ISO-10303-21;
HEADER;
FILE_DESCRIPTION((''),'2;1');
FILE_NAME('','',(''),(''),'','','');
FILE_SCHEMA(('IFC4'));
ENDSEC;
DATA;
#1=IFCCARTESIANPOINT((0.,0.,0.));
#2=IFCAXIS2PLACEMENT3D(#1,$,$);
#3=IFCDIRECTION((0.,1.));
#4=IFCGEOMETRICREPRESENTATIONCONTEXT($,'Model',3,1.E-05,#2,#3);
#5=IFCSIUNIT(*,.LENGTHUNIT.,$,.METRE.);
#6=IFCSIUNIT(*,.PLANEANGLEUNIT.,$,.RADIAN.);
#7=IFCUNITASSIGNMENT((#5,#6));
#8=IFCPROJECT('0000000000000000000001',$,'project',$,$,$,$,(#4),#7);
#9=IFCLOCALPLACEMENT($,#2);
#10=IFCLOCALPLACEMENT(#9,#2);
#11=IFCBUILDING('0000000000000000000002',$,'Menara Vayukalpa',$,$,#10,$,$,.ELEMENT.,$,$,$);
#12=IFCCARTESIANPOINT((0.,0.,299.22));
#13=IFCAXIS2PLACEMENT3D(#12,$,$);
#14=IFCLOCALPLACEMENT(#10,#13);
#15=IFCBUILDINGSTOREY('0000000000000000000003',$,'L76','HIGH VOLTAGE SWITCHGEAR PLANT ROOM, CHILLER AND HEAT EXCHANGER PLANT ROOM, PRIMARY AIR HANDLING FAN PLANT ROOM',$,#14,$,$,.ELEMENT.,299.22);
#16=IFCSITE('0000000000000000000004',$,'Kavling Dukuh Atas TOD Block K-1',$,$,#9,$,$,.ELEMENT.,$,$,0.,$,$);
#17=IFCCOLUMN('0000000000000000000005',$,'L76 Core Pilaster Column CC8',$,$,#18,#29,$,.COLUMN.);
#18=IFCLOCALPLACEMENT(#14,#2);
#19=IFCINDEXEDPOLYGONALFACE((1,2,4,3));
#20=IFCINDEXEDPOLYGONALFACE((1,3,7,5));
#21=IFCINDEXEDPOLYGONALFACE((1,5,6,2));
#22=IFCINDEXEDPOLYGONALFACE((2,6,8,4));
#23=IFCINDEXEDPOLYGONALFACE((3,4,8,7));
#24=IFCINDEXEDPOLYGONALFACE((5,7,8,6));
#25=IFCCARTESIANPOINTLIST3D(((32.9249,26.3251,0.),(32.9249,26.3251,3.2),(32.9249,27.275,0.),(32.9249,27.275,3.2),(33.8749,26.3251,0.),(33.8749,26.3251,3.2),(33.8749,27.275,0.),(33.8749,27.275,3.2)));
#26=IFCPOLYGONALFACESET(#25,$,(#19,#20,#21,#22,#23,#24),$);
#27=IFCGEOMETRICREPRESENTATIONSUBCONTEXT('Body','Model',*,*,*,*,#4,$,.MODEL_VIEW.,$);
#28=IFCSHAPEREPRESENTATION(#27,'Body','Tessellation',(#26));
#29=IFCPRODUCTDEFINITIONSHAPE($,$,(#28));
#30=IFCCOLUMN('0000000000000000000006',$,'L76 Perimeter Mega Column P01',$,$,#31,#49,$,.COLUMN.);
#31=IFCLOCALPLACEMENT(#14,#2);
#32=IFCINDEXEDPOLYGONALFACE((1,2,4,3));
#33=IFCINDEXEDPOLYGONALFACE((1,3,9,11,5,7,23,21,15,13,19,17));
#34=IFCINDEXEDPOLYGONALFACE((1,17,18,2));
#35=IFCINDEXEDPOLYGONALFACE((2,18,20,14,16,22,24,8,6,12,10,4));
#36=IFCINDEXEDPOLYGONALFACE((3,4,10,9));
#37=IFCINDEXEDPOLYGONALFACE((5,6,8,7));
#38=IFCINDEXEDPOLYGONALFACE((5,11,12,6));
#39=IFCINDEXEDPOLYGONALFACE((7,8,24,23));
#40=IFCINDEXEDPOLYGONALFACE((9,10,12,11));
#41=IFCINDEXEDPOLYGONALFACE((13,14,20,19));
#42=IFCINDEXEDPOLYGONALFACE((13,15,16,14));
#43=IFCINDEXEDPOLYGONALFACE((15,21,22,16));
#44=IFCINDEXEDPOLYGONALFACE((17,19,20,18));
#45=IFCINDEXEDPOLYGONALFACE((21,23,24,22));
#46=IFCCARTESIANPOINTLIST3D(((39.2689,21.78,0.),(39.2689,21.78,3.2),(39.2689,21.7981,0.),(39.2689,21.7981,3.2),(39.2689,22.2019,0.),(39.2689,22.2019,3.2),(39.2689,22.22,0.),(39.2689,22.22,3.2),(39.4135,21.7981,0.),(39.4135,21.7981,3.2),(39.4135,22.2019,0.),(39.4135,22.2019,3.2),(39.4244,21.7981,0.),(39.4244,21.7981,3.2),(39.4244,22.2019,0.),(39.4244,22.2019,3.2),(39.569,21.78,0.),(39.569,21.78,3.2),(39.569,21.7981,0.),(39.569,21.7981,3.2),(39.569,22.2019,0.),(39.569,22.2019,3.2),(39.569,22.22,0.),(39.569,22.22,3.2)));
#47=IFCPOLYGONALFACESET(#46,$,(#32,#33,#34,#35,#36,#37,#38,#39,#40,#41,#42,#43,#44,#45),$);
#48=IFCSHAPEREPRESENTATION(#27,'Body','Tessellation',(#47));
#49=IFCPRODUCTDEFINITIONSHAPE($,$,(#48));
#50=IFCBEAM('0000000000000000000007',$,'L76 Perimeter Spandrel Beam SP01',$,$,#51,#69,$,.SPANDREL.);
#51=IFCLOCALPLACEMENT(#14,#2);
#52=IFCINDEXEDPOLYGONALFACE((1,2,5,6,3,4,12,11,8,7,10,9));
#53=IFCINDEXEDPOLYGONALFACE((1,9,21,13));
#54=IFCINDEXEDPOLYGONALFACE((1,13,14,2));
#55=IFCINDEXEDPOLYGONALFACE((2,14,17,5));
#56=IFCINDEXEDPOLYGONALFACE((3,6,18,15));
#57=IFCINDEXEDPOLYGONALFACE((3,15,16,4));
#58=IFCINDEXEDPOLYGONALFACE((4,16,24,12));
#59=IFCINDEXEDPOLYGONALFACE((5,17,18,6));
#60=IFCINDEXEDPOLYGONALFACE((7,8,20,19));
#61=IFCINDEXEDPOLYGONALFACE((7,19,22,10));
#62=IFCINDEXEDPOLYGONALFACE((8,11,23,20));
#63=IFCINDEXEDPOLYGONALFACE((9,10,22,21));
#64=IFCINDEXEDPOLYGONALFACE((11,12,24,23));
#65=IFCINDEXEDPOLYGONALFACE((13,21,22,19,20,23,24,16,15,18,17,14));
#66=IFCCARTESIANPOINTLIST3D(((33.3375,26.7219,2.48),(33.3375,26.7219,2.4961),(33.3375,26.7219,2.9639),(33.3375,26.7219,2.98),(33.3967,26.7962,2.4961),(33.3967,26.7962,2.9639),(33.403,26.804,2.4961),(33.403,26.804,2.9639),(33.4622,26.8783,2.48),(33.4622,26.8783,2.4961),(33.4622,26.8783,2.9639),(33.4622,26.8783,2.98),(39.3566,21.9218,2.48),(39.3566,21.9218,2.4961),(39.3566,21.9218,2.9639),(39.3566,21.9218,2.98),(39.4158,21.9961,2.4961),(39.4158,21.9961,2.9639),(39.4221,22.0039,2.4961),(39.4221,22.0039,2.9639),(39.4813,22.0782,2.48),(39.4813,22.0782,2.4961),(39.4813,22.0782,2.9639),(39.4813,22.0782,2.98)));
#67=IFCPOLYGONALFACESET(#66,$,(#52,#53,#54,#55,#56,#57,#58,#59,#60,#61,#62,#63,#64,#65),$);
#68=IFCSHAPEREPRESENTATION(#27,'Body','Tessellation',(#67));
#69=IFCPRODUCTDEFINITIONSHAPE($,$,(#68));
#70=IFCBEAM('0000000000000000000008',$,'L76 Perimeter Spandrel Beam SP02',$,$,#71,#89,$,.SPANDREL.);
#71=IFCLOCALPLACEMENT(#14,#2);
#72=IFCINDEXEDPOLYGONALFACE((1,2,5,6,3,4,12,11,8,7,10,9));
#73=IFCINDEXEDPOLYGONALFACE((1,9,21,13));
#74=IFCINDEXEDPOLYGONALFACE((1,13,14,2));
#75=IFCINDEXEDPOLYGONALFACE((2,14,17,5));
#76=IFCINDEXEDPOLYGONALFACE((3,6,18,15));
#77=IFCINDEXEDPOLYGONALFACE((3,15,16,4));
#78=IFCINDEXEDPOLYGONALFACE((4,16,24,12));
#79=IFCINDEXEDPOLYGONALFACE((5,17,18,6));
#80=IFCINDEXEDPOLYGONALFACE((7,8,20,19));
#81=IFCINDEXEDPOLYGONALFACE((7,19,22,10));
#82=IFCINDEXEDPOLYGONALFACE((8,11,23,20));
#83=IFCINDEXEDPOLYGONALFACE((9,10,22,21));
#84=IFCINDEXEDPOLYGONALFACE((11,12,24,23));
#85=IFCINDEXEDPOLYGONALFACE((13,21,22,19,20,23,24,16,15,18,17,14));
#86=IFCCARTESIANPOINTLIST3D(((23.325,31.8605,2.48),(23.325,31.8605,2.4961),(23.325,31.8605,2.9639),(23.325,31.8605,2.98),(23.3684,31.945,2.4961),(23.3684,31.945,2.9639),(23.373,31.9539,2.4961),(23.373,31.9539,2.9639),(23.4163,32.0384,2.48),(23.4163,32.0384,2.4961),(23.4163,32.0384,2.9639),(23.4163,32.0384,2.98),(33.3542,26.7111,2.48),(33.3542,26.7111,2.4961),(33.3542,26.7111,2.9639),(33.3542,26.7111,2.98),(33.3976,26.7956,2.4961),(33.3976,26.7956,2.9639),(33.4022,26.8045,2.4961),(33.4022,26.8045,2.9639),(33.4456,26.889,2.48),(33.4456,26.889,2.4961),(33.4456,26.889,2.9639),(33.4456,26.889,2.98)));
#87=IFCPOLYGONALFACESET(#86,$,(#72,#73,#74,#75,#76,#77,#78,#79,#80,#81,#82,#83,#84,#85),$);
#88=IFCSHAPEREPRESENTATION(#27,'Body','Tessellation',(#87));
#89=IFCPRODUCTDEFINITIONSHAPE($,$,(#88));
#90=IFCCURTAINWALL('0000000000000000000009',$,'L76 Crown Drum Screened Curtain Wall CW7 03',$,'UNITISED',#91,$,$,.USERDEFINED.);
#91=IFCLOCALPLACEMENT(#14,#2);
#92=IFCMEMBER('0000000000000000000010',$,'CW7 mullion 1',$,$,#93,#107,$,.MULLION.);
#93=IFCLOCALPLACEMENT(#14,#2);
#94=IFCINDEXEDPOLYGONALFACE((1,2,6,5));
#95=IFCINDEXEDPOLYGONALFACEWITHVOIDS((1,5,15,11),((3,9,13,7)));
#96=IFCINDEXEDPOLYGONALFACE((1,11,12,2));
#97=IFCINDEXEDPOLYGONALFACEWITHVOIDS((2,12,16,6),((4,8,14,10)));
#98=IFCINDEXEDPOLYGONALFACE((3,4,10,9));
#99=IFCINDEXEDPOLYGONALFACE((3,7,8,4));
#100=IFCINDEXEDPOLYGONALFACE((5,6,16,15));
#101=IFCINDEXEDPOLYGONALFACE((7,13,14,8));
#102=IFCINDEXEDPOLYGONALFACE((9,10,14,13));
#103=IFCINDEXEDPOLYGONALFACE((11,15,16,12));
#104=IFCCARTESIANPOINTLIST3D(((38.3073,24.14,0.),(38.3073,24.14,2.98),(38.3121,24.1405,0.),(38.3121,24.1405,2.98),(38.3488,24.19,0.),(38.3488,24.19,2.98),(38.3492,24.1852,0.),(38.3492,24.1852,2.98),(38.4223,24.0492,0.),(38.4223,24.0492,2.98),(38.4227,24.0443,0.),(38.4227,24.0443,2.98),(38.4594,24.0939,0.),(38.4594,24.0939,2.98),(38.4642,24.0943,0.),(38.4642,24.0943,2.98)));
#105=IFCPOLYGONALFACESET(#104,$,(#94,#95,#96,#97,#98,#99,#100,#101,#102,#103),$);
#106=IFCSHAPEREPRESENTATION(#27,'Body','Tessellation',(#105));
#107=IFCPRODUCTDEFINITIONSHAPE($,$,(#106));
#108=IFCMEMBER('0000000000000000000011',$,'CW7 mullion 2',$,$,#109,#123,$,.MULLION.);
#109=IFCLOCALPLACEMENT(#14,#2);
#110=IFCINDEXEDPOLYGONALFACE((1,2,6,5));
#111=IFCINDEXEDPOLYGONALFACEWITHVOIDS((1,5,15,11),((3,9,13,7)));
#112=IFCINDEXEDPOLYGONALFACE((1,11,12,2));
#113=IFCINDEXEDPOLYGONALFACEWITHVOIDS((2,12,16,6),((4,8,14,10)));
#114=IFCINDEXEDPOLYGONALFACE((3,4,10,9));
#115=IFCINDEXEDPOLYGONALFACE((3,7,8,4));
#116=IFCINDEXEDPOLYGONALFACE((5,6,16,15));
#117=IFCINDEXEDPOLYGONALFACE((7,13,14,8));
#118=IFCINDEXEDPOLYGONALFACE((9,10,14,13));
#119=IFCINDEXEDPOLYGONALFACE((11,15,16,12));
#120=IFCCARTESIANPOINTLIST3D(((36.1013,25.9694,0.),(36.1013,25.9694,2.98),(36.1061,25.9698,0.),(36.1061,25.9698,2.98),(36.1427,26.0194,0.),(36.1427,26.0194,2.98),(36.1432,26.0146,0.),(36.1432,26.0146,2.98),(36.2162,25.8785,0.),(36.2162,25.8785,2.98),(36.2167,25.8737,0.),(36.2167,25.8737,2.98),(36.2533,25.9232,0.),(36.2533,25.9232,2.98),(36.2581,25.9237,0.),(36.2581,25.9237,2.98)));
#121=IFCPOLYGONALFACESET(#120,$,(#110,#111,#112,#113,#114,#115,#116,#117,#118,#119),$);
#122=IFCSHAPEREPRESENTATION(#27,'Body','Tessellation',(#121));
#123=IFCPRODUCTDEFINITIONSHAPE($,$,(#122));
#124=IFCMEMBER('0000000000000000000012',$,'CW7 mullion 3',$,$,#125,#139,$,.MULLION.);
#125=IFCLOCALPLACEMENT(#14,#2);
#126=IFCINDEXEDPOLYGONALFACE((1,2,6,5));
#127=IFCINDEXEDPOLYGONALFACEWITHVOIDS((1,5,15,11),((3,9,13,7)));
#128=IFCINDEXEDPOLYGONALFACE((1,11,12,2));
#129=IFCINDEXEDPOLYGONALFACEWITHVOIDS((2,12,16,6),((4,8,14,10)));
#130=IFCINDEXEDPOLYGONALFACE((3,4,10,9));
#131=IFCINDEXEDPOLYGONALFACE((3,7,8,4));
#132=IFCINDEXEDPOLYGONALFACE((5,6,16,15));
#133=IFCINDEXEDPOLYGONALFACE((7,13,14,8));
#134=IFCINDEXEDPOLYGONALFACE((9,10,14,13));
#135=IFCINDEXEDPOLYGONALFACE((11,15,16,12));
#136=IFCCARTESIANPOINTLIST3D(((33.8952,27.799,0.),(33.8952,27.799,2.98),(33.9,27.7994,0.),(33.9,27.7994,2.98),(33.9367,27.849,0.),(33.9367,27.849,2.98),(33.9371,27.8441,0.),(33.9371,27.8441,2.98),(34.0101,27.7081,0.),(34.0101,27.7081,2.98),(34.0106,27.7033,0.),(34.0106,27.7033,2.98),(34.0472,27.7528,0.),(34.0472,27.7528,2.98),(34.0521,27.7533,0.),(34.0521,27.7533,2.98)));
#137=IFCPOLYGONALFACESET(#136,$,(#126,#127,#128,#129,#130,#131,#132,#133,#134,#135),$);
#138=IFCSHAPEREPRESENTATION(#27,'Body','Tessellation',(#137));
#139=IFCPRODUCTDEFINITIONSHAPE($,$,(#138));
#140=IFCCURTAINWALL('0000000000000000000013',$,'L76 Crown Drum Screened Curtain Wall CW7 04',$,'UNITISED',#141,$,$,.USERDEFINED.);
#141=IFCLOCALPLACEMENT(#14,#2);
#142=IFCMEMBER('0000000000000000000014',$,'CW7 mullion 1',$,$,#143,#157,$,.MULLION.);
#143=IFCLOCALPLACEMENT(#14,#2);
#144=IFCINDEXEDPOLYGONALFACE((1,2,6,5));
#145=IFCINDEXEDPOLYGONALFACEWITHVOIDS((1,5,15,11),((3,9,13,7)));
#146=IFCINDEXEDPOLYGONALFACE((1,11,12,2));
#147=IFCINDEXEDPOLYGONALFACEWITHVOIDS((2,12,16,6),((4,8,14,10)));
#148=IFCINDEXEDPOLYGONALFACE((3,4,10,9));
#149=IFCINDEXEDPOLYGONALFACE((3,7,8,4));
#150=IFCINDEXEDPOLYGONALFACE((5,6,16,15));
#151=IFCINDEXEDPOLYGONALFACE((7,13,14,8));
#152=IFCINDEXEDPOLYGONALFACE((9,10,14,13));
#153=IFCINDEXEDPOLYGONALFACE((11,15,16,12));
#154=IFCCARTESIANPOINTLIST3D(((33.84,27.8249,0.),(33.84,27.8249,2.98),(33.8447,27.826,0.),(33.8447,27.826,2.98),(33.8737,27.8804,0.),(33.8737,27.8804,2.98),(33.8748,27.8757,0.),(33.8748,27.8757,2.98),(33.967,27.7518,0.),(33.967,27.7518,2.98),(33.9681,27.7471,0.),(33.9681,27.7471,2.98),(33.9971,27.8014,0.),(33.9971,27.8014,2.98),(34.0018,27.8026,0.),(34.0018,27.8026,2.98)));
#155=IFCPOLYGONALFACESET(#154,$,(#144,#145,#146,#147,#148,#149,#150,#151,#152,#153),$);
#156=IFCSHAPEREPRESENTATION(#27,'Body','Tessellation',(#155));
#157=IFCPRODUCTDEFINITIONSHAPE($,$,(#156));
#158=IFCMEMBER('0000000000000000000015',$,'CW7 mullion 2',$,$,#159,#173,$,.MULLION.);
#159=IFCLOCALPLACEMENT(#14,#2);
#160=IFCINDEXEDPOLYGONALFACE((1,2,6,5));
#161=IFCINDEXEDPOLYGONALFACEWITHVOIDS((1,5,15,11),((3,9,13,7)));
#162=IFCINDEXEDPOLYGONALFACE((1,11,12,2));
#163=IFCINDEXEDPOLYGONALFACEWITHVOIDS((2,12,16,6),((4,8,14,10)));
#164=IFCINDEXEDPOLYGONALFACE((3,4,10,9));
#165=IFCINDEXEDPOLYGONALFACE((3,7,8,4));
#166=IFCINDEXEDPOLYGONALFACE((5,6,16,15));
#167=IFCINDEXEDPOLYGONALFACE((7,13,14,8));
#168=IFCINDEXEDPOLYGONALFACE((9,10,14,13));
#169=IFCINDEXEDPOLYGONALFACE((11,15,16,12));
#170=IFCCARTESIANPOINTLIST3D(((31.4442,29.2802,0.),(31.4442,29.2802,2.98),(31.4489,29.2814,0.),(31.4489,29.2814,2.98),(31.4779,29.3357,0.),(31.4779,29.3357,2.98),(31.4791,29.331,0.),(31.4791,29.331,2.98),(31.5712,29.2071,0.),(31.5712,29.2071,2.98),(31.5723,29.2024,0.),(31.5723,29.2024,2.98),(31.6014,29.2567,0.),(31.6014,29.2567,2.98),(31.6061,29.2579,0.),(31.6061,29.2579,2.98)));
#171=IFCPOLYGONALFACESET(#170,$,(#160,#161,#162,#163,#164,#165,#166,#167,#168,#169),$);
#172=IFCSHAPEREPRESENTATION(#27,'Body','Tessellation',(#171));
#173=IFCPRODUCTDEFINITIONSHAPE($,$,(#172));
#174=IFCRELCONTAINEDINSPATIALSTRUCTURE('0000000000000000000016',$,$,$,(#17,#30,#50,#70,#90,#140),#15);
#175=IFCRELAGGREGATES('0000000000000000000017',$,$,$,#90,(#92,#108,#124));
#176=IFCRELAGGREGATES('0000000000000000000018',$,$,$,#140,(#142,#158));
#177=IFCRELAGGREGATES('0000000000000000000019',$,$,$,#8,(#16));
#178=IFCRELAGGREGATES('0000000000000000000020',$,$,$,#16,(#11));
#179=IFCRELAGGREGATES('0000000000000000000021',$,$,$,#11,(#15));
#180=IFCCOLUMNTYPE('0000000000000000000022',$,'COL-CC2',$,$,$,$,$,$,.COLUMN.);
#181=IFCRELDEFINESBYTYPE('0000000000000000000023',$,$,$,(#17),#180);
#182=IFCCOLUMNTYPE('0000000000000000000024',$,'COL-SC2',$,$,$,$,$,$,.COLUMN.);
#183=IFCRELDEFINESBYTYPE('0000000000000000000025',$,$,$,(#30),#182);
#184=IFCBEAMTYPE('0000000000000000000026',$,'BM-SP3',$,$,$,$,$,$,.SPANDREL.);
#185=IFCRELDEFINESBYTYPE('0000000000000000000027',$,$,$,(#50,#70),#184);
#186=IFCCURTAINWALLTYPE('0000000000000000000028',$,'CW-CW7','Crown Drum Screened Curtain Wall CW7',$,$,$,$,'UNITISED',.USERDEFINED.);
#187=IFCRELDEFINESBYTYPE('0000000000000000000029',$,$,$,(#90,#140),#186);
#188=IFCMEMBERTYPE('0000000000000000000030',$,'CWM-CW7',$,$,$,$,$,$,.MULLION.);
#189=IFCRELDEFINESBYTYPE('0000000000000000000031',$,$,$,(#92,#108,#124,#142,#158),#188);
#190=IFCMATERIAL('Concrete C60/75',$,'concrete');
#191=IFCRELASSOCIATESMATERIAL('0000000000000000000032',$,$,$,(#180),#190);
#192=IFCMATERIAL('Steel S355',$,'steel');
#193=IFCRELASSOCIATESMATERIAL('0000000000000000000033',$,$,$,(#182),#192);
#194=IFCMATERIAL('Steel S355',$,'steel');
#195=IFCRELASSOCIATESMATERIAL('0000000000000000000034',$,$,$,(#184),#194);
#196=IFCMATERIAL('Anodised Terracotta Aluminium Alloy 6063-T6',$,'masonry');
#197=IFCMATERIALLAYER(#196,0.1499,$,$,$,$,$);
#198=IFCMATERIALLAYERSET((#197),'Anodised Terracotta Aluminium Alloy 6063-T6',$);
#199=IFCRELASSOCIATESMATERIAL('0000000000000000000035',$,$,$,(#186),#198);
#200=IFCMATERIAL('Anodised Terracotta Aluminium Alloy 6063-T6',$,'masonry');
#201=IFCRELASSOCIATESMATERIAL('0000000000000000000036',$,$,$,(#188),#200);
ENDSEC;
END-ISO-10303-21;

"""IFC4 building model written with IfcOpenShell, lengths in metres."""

from ifc_helpers import new_model, si_unit, direction, frame, origin, origin_2d, place, context, subcontext, project, spatial, rectangle, hollow_rectangle, i_section, extrude, material, layer, layer_set, material_profile, profile_set, type_object, element, aggregate, save


model = new_model("IFC4")

# Units and contexts
model_context = context("Model", 3, precision=1e-05, world=origin(), true_north=direction((0.0, 1.0)))
body_context = subcontext(model_context, "Body", "Model", "MODEL_VIEW")
ifc_project = project(units=[si_unit("LENGTHUNIT", "METRE"), si_unit("PLANEANGLEUNIT", "RADIAN")], contexts=[model_context])

# Site, building, storey
site_placement = place(None, origin())
site = spatial("IfcSite", under=ifc_project, at=site_placement, Name="Kavling Dukuh Atas TOD Block K-1", CompositionType="ELEMENT", RefElevation=0.0)
building_placement = place(site_placement, origin())
building = spatial("IfcBuilding", under=site, at=building_placement, Name="Menara Vayukalpa", CompositionType="ELEMENT")
storey_placement = place(building_placement, frame((0.0, 0.0, 299.22)))
storey = spatial("IfcBuildingStorey", under=building, at=storey_placement, Name="L76", Description="HIGH VOLTAGE SWITCHGEAR PLANT ROOM, CHILLER AND HEAT EXCHANGER PLANT ROOM, PRIMARY AIR HANDLING FAN PLANT ROOM", CompositionType="ELEMENT", Elevation=299.22)

# Columns
ifc_material_1 = material(Name="Concrete C60/75", Category="concrete")
ifc_material_profile_1 = material_profile(ifc_material_1, rectangle(XDim=0.95, YDim=0.95, at=origin_2d()), Name="RC 950x950")
ifc_profile_set_1 = profile_set([ifc_material_profile_1], Name="Concrete C60/75")
column_type_1 = type_object("IfcColumnType", Name="COL-CC2", PredefinedType="COLUMN", material=ifc_profile_set_1)
column_1_placement = place(storey_placement, frame((33.3999, 26.8, 0.0), z_axis=(0.0, 0.0, 1.0), x_axis=(1.0, 0.0, 0.0)))
element("IfcColumn", 1, at=column_1_placement, inside=storey, type_object=column_type_1, Name="L76 Core Pilaster Column CC8", PredefinedType="COLUMN", context=body_context, shape_type="SweptSolid", body=[
    extrude(rectangle(XDim=0.95, YDim=0.95, at=origin_2d()), origin(), (0.0, 0.0, 1.0), 3.2),
])
ifc_material_2 = material(Name="Steel S355", Category="steel")
ifc_material_profile_2 = material_profile(ifc_material_2, i_section(OverallWidth=0.3, OverallDepth=0.4399, WebThickness=0.011, FlangeThickness=0.0181, at=origin_2d()), Name="H 440x300x11x18")
ifc_profile_set_2 = profile_set([ifc_material_profile_2], Name="Steel S355")
column_type_2 = type_object("IfcColumnType", Name="COL-SC2", PredefinedType="COLUMN", material=ifc_profile_set_2)
column_2_placement = place(storey_placement, frame((39.4189, 22.0, 0.0), z_axis=(0.0, 0.0, 1.0), x_axis=(1.0, 0.0, 0.0)))
element("IfcColumn", 2, at=column_2_placement, inside=storey, type_object=column_type_2, Name="L76 Perimeter Mega Column P01", PredefinedType="COLUMN", context=body_context, shape_type="SweptSolid", body=[
    extrude(i_section(OverallWidth=0.3, OverallDepth=0.4399, WebThickness=0.011, FlangeThickness=0.0181, at=origin_2d()), origin(), (0.0, 0.0, 1.0), 3.2),
])

# Beams
ifc_material_3 = material(Name="Steel S355", Category="steel")
ifc_material_profile_3 = material_profile(ifc_material_3, i_section(OverallWidth=0.2, OverallDepth=0.5, WebThickness=0.01, FlangeThickness=0.0161, at=origin_2d()), Name="WF 500x200x10x16")
ifc_profile_set_3 = profile_set([ifc_material_profile_3], Name="Steel S355")
beam_type = type_object("IfcBeamType", Name="BM-SP3", PredefinedType="SPANDREL", material=ifc_profile_set_3)
beam_1_placement = place(storey_placement, frame((39.4189, 22.0, 2.73), z_axis=(-0.78183, 0.623492, 0.0), x_axis=(-0.623492, -0.78183, 0.0)))
element("IfcBeam", 3, at=beam_1_placement, inside=storey, type_object=beam_type, Name="L76 Perimeter Spandrel Beam SP01", PredefinedType="SPANDREL", context=body_context, shape_type="SweptSolid", body=[
    extrude(i_section(OverallWidth=0.2, OverallDepth=0.5, WebThickness=0.01, FlangeThickness=0.0161, at=origin_2d()), origin(), (0.0, 0.0, 1.0), 7.6987),
])
beam_2_placement = place(storey_placement, frame((33.3999, 26.8, 2.73), z_axis=(-0.889595, 0.456751, 0.0), x_axis=(-0.456751, -0.889595, 0.0)))
element("IfcBeam", 4, at=beam_2_placement, inside=storey, type_object=beam_type, Name="L76 Perimeter Spandrel Beam SP02", PredefinedType="SPANDREL", context=body_context, shape_type="SweptSolid", body=[
    extrude(i_section(OverallWidth=0.2, OverallDepth=0.5, WebThickness=0.01, FlangeThickness=0.0161, at=origin_2d()), origin(), (0.0, 0.0, 1.0), 11.2739),
])

# Curtain walls, members
ifc_material_4 = material(Name="Anodised Terracotta Aluminium Alloy 6063-T6", Category="masonry")
ifc_layer_1 = layer(ifc_material_4, 0.1499)
ifc_layer_set_1 = layer_set([ifc_layer_1], Name="Anodised Terracotta Aluminium Alloy 6063-T6")
curtain_wall_type = type_object("IfcCurtainWallType", Name="CW-CW7", Description="Crown Drum Screened Curtain Wall CW7", ElementType="UNITISED", PredefinedType="USERDEFINED", material=ifc_layer_set_1)
curtain_wall_1_placement = place(storey_placement, origin())
curtain_wall_1 = element("IfcCurtainWall", 5, at=curtain_wall_1_placement, inside=storey, type_object=curtain_wall_type, Name="L76 Crown Drum Screened Curtain Wall CW7 03", ObjectType="UNITISED", PredefinedType="USERDEFINED")
ifc_material_5 = material(Name="Anodised Terracotta Aluminium Alloy 6063-T6", Category="masonry")
ifc_material_profile_4 = material_profile(ifc_material_5, hollow_rectangle(XDim=0.0649, YDim=0.1499, WallThickness=0.0034, at=origin_2d()), Name="ALU 65x150x3.5")
ifc_profile_set_4 = profile_set([ifc_material_profile_4], Name="Anodised Terracotta Aluminium Alloy 6063-T6")
member_type_1 = type_object("IfcMemberType", Name="CWM-CW7", PredefinedType="MULLION", material=ifc_profile_set_4)
member_1_placement = place(storey_placement, frame((38.3857, 24.1172, 0.0), z_axis=(0.0, 0.0, 1.0), x_axis=(-0.638347, -0.769749, 0.0)))
member_1 = element("IfcMember", 6, at=member_1_placement, type_object=member_type_1, Name="CW7 mullion 1", PredefinedType="MULLION", context=body_context, shape_type="SweptSolid", body=[
    extrude(hollow_rectangle(XDim=0.0649, YDim=0.1499, WallThickness=0.0034, at=origin_2d()), origin(), (0.0, 0.0, 1.0), 2.98),
])
member_2_placement = place(storey_placement, frame((36.1797, 25.9465, 0.0), z_axis=(0.0, 0.0, 1.0), x_axis=(-0.638347, -0.769749, 0.0)))
member_2 = element("IfcMember", 7, at=member_2_placement, type_object=member_type_1, Name="CW7 mullion 2", PredefinedType="MULLION", context=body_context, shape_type="SweptSolid", body=[
    extrude(hollow_rectangle(XDim=0.0649, YDim=0.1499, WallThickness=0.0034, at=origin_2d()), origin(), (0.0, 0.0, 1.0), 2.98),
])
member_3_placement = place(storey_placement, frame((33.9736, 27.7761, 0.0), z_axis=(0.0, 0.0, 1.0), x_axis=(-0.638347, -0.769749, 0.0)))
member_3 = element("IfcMember", 8, at=member_3_placement, type_object=member_type_1, Name="CW7 mullion 3", PredefinedType="MULLION", context=body_context, shape_type="SweptSolid", body=[
    extrude(hollow_rectangle(XDim=0.0649, YDim=0.1499, WallThickness=0.0034, at=origin_2d()), origin(), (0.0, 0.0, 1.0), 2.98),
])
curtain_wall_2_placement = place(storey_placement, origin())
curtain_wall_2 = element("IfcCurtainWall", 9, at=curtain_wall_2_placement, inside=storey, type_object=curtain_wall_type, Name="L76 Crown Drum Screened Curtain Wall CW7 04", ObjectType="UNITISED", PredefinedType="USERDEFINED")
member_4_placement = place(storey_placement, frame((33.9209, 27.8137, 0.0), z_axis=(0.0, 0.0, 1.0), x_axis=(-0.519176, -0.854667, 0.0)))
member_4 = element("IfcMember", 10, at=member_4_placement, type_object=member_type_1, Name="CW7 mullion 1", PredefinedType="MULLION", context=body_context, shape_type="SweptSolid", body=[
    extrude(hollow_rectangle(XDim=0.0649, YDim=0.1499, WallThickness=0.0034, at=origin_2d()), origin(), (0.0, 0.0, 1.0), 2.98),
])
member_5_placement = place(storey_placement, frame((31.5251, 29.269, 0.0), z_axis=(0.0, 0.0, 1.0), x_axis=(-0.519176, -0.854667, 0.0)))
member_5 = element("IfcMember", 11, at=member_5_placement, type_object=member_type_1, Name="CW7 mullion 2", PredefinedType="MULLION", context=body_context, shape_type="SweptSolid", body=[
    extrude(hollow_rectangle(XDim=0.0649, YDim=0.1499, WallThickness=0.0034, at=origin_2d()), origin(), (0.0, 0.0, 1.0), 2.98),
])

aggregate(curtain_wall_1, [member_1, member_2, member_3])
aggregate(curtain_wall_2, [member_4, member_5])

save(model, "model.ifc")
